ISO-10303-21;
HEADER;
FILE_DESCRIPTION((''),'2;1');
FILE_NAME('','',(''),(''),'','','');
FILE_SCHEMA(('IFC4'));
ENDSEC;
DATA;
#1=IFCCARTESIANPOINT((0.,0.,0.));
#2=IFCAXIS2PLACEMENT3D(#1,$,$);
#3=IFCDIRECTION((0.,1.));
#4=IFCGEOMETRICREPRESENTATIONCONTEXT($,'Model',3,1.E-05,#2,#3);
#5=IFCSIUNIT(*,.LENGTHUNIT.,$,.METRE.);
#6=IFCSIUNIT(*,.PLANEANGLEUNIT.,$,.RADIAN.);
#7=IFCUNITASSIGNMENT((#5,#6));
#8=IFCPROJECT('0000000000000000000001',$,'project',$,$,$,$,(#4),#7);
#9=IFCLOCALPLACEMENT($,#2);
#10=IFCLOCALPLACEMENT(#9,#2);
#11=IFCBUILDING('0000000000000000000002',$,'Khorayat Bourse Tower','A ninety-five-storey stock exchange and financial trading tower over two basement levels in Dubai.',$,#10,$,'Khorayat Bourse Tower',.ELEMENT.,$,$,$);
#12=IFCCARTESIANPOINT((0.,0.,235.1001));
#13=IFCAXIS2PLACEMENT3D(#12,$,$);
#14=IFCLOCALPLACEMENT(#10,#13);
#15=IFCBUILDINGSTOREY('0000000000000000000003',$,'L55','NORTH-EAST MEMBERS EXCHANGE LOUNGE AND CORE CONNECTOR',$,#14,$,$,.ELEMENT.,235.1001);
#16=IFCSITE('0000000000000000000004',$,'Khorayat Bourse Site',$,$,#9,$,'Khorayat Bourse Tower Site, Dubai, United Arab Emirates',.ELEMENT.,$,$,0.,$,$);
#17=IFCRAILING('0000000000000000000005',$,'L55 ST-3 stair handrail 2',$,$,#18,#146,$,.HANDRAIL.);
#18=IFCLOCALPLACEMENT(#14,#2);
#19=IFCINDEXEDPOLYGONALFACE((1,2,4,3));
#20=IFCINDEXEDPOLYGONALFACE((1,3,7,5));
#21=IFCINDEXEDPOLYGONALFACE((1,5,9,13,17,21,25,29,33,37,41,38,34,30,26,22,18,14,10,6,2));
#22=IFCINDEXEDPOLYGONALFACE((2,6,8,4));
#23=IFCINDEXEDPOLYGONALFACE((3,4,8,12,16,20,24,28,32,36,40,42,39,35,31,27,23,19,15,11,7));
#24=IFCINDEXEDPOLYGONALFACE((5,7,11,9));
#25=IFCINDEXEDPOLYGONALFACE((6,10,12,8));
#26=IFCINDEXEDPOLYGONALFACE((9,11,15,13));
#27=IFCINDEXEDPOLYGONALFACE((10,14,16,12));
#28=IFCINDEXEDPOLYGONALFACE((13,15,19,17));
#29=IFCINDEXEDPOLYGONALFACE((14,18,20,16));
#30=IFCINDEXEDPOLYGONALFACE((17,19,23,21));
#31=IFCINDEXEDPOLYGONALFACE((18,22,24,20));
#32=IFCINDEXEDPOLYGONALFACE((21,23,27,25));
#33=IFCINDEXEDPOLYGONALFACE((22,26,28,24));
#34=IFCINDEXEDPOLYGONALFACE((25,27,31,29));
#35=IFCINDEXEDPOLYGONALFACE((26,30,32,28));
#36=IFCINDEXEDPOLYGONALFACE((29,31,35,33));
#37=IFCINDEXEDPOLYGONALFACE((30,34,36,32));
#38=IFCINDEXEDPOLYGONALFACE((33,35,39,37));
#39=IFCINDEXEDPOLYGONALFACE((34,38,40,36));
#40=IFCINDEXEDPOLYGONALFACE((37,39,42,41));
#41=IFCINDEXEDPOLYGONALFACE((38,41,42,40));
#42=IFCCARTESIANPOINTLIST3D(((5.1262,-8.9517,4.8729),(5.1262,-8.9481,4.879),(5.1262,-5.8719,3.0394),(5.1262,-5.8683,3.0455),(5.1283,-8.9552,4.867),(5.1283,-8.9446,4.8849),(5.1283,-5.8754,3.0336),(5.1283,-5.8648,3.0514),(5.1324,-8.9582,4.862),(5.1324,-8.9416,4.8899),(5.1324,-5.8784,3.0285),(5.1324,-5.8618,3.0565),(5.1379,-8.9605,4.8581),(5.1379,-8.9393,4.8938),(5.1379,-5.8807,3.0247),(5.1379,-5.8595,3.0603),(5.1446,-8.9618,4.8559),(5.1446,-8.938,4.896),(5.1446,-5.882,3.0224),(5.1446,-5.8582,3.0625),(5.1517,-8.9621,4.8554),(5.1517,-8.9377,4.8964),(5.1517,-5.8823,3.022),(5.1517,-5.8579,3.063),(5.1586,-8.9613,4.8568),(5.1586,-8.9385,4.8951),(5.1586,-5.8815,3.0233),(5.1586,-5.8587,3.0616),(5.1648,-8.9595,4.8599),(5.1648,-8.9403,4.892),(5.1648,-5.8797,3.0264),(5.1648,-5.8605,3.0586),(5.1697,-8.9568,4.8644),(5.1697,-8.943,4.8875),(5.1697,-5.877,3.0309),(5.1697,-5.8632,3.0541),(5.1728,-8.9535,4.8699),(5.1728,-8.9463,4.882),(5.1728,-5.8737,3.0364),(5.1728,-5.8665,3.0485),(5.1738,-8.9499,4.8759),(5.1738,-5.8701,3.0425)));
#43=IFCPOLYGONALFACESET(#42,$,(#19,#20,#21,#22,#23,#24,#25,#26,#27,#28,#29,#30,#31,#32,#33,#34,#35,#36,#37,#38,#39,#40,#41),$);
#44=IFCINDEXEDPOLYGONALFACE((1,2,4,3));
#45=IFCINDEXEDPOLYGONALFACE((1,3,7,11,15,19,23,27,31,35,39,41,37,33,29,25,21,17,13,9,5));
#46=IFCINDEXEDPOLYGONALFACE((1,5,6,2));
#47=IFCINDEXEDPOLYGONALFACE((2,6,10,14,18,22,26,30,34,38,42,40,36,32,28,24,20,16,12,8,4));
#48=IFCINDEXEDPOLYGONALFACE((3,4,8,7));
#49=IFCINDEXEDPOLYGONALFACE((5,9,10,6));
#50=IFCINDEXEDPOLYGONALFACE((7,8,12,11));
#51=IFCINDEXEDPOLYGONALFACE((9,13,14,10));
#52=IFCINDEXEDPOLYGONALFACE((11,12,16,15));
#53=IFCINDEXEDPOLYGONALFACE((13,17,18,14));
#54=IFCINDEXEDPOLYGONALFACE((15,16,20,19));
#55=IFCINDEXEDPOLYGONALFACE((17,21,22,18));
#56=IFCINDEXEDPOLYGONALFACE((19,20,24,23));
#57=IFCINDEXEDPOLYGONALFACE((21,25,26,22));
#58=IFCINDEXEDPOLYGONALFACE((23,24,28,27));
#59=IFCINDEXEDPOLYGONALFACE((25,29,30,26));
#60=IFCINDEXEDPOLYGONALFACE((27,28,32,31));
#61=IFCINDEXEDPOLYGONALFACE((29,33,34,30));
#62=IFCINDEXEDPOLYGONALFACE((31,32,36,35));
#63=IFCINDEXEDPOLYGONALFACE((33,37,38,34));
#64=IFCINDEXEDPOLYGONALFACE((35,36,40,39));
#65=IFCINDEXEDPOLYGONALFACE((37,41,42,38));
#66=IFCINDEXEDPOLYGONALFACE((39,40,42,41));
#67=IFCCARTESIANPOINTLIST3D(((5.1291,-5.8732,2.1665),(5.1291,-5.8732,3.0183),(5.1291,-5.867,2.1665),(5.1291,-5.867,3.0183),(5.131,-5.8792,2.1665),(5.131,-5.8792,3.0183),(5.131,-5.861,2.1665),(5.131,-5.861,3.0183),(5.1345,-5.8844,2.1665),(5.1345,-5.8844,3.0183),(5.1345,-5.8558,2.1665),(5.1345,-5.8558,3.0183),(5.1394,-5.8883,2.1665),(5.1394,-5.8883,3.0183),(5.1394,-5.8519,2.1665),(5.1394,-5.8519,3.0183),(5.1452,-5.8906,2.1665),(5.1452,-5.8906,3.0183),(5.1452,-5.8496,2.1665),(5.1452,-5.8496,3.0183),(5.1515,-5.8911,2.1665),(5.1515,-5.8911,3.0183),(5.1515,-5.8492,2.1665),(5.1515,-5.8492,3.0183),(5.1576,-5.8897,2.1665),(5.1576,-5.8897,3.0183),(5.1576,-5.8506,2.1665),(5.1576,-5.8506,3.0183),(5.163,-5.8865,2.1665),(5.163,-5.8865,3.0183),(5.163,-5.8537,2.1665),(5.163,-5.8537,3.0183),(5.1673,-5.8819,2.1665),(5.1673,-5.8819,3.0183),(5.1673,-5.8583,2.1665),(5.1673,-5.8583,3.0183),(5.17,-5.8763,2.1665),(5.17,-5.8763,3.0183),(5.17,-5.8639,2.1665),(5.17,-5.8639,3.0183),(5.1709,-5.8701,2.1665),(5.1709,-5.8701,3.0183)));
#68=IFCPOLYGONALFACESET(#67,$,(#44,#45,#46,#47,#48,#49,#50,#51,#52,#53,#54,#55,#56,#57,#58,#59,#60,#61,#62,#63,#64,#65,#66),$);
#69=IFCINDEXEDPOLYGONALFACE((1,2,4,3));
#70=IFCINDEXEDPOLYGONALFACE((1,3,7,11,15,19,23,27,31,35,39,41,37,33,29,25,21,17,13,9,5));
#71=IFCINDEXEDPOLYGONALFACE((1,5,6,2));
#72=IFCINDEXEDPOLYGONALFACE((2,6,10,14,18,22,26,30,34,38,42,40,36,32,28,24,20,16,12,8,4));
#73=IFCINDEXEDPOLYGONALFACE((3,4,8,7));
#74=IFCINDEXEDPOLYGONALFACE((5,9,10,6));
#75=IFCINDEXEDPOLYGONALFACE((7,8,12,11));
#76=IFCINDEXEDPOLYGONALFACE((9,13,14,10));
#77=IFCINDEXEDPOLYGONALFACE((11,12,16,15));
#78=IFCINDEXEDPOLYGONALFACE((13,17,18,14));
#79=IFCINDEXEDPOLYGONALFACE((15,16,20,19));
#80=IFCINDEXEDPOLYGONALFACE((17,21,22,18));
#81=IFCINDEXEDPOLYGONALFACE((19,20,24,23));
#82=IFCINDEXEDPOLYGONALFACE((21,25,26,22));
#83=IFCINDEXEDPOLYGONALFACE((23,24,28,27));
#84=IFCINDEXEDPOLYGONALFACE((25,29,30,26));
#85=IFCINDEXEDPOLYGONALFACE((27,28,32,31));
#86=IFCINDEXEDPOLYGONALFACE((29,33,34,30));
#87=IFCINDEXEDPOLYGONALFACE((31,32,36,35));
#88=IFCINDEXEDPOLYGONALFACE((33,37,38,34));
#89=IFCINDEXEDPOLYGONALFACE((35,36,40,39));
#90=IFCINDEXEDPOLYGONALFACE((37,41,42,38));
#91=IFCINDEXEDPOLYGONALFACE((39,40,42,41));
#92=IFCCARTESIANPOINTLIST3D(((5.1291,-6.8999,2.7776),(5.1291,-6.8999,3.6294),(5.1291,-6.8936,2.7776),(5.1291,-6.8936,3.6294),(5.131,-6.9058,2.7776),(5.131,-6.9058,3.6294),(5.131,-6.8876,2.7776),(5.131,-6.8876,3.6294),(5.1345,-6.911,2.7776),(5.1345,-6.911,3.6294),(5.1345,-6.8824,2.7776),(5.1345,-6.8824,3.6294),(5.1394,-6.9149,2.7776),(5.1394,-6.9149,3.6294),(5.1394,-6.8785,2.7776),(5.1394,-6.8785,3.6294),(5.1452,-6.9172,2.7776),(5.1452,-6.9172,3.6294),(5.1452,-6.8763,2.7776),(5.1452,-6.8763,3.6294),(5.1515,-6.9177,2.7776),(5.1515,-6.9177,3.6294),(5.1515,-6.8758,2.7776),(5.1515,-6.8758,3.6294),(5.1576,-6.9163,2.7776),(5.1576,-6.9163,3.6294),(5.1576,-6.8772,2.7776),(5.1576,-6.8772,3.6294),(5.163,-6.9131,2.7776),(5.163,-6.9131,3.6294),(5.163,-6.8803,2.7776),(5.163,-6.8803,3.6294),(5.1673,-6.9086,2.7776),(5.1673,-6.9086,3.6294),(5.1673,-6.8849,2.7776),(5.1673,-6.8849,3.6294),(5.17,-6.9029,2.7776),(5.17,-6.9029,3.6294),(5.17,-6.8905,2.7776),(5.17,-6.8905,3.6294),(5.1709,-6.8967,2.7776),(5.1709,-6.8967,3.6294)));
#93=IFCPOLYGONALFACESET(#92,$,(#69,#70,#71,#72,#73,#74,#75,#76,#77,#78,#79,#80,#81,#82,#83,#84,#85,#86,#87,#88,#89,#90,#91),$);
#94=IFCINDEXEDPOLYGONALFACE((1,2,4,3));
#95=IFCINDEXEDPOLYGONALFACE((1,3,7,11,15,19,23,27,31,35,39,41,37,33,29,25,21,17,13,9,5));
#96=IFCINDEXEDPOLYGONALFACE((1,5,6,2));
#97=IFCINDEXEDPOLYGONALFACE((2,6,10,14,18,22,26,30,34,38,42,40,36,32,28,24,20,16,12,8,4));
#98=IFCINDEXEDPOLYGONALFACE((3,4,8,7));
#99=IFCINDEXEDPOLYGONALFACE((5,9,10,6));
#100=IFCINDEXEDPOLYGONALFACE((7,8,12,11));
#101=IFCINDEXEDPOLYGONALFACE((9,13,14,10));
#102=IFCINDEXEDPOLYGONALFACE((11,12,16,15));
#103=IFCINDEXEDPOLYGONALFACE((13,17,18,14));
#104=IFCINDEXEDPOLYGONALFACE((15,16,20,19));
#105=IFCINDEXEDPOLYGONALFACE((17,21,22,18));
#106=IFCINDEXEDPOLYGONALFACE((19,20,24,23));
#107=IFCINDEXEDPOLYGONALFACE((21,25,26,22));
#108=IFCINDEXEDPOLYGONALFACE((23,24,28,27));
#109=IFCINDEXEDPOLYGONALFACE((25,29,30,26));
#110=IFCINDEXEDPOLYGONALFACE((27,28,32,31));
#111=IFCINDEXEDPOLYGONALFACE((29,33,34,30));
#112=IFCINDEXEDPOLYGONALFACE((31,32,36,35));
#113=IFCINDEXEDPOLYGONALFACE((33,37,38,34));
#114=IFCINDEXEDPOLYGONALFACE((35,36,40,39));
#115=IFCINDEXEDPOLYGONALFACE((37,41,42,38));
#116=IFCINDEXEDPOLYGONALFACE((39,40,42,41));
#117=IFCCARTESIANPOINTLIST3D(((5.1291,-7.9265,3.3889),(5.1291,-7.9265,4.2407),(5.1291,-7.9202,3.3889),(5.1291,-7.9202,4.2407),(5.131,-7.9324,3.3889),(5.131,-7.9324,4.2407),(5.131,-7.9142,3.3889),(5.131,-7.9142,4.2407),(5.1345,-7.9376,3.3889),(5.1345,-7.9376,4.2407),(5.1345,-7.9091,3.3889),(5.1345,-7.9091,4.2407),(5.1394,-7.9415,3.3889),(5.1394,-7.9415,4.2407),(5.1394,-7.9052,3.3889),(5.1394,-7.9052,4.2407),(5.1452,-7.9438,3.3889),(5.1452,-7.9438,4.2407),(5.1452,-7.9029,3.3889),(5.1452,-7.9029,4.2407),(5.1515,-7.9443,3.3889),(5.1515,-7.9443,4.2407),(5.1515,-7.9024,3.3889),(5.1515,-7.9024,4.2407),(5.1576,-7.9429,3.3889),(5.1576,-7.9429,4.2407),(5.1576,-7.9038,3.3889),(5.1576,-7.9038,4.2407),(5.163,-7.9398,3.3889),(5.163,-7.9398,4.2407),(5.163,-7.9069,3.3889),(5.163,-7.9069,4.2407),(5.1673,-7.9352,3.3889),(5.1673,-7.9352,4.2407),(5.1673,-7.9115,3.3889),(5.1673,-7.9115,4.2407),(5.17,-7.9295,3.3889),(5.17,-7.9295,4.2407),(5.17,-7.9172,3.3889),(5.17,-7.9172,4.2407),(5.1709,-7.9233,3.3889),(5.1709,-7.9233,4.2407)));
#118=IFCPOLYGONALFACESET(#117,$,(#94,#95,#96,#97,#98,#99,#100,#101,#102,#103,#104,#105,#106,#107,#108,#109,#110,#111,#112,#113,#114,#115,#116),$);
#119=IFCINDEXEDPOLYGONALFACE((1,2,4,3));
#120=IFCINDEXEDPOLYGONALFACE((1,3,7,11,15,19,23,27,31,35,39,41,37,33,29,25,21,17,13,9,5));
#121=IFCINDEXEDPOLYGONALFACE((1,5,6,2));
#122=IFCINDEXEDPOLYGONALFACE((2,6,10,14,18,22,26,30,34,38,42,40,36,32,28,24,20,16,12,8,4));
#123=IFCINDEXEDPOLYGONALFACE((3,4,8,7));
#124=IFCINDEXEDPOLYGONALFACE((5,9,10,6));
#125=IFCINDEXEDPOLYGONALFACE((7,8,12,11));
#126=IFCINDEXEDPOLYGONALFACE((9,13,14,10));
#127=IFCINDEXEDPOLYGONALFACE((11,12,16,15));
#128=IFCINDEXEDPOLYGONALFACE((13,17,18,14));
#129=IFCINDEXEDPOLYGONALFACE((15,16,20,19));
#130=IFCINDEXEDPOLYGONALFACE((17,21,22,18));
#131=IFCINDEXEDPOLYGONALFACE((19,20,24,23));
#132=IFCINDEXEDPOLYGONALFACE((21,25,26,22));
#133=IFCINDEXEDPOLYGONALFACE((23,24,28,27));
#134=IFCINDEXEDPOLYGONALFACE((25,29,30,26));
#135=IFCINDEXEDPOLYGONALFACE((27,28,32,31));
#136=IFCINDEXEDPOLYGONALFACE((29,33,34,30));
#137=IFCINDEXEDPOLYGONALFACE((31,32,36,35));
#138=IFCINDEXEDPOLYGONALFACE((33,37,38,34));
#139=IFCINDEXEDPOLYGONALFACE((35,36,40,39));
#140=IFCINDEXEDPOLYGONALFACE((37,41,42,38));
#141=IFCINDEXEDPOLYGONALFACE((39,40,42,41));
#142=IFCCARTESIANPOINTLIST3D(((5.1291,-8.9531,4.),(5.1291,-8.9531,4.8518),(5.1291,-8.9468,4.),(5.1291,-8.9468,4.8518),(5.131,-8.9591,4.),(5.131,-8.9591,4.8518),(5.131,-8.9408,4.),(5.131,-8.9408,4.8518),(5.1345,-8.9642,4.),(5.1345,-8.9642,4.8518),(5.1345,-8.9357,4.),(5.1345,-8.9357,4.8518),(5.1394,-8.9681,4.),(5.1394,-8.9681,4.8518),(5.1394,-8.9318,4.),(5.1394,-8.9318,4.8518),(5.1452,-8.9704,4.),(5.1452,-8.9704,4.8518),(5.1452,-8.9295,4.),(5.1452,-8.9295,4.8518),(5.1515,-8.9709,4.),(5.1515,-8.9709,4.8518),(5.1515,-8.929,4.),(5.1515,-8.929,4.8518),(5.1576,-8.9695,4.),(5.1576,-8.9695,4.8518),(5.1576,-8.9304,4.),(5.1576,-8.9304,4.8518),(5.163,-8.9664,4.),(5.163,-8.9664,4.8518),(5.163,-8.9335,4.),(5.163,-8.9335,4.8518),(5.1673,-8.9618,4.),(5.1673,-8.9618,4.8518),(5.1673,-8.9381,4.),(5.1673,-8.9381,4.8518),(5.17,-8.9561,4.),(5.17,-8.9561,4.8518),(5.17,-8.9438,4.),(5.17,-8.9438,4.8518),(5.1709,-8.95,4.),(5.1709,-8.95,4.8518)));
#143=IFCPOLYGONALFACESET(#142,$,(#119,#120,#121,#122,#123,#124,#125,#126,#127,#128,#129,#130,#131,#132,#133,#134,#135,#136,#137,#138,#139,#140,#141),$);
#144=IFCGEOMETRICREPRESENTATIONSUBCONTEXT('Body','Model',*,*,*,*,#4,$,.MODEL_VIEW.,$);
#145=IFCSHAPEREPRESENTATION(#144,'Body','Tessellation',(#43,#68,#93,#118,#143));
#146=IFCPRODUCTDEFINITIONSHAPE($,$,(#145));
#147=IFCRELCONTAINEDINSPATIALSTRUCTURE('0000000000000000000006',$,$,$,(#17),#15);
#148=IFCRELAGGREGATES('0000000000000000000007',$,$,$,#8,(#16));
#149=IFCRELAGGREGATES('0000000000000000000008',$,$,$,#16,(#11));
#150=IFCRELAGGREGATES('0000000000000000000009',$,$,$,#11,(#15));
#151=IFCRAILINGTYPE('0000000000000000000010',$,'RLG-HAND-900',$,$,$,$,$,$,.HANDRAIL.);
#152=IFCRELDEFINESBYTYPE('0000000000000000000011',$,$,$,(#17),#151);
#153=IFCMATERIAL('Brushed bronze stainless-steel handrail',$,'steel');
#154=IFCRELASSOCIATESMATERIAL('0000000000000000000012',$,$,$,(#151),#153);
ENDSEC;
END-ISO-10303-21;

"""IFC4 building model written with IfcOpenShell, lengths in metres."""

from ifc_helpers import new_model, si_unit, direction, frame, origin, origin_2d, place, context, subcontext, project, spatial, circle, extrude, source, transform, mapped, material, type_object, element, save


model = new_model("IFC4")

# Units and contexts
model_context = context("Model", 3, precision=1e-05, world=origin(), true_north=direction((0.0, 1.0)))
body_context = subcontext(model_context, "Body", "Model", "MODEL_VIEW")
ifc_project = project(units=[si_unit("LENGTHUNIT", "METRE"), si_unit("PLANEANGLEUNIT", "RADIAN")], contexts=[model_context])

# Site, building, storey
site_placement = place(None, origin())
site = spatial("IfcSite", under=ifc_project, at=site_placement, Name="Khorayat Bourse Site", LongName="Khorayat Bourse Tower Site, Dubai, United Arab Emirates", CompositionType="ELEMENT", RefElevation=0.0)
building_placement = place(site_placement, origin())
building = spatial("IfcBuilding", under=site, at=building_placement, Name="Khorayat Bourse Tower", Description="A ninety-five-storey stock exchange and financial trading tower over two basement levels in Dubai.", LongName="Khorayat Bourse Tower", CompositionType="ELEMENT")
storey_placement = place(building_placement, frame((0.0, 0.0, 235.1001)))
storey = spatial("IfcBuildingStorey", under=building, at=storey_placement, Name="L55", Description="NORTH-EAST MEMBERS EXCHANGE LOUNGE AND CORE CONNECTOR", CompositionType="ELEMENT", Elevation=235.1001)

# Railing
ifc_material_1 = material(Name="Brushed bronze stainless-steel handrail", Category="steel")
railing_type_1 = type_object("IfcRailingType", Name="RLG-HAND-900", PredefinedType="HANDRAIL", material=ifc_material_1)
shared_shape_1 = source(origin(), body_context, "Body", "SweptSolid", [
    extrude(circle(Radius=0.0239, at=origin_2d()), frame((0.0, 0.0, 0.876), z_axis=(0.0, -0.859261, 0.511538), x_axis=(1.0, 0.0, 0.0)), (0.0, 0.0, 1.0), 3.5842),
    extrude(circle(Radius=0.021, at=origin_2d()), origin(), (0.0, 0.0, 1.0), 0.8518),
    extrude(circle(Radius=0.021, at=origin_2d()), frame((0.0, -1.0266, 0.6111)), (0.0, 0.0, 1.0), 0.8518),
    extrude(circle(Radius=0.021, at=origin_2d()), frame((0.0, -2.0532, 1.2224)), (0.0, 0.0, 1.0), 0.8518),
    extrude(circle(Radius=0.021, at=origin_2d()), frame((0.0, -3.0798, 1.8335)), (0.0, 0.0, 1.0), 0.8518),
])
railing_1_placement = place(storey_placement, frame((5.1499, -5.8701, 2.1665)))
element("IfcRailing", 1, at=railing_1_placement, inside=storey, type_object=railing_type_1, Name="L55 ST-3 stair handrail 2", PredefinedType="HANDRAIL", context=body_context, shape_type="MappedRepresentation", body=[
    mapped(shared_shape_1, transform((0.0, 0.0, 0.0), scale=1.0)),
])

save(model, "model.ifc")
